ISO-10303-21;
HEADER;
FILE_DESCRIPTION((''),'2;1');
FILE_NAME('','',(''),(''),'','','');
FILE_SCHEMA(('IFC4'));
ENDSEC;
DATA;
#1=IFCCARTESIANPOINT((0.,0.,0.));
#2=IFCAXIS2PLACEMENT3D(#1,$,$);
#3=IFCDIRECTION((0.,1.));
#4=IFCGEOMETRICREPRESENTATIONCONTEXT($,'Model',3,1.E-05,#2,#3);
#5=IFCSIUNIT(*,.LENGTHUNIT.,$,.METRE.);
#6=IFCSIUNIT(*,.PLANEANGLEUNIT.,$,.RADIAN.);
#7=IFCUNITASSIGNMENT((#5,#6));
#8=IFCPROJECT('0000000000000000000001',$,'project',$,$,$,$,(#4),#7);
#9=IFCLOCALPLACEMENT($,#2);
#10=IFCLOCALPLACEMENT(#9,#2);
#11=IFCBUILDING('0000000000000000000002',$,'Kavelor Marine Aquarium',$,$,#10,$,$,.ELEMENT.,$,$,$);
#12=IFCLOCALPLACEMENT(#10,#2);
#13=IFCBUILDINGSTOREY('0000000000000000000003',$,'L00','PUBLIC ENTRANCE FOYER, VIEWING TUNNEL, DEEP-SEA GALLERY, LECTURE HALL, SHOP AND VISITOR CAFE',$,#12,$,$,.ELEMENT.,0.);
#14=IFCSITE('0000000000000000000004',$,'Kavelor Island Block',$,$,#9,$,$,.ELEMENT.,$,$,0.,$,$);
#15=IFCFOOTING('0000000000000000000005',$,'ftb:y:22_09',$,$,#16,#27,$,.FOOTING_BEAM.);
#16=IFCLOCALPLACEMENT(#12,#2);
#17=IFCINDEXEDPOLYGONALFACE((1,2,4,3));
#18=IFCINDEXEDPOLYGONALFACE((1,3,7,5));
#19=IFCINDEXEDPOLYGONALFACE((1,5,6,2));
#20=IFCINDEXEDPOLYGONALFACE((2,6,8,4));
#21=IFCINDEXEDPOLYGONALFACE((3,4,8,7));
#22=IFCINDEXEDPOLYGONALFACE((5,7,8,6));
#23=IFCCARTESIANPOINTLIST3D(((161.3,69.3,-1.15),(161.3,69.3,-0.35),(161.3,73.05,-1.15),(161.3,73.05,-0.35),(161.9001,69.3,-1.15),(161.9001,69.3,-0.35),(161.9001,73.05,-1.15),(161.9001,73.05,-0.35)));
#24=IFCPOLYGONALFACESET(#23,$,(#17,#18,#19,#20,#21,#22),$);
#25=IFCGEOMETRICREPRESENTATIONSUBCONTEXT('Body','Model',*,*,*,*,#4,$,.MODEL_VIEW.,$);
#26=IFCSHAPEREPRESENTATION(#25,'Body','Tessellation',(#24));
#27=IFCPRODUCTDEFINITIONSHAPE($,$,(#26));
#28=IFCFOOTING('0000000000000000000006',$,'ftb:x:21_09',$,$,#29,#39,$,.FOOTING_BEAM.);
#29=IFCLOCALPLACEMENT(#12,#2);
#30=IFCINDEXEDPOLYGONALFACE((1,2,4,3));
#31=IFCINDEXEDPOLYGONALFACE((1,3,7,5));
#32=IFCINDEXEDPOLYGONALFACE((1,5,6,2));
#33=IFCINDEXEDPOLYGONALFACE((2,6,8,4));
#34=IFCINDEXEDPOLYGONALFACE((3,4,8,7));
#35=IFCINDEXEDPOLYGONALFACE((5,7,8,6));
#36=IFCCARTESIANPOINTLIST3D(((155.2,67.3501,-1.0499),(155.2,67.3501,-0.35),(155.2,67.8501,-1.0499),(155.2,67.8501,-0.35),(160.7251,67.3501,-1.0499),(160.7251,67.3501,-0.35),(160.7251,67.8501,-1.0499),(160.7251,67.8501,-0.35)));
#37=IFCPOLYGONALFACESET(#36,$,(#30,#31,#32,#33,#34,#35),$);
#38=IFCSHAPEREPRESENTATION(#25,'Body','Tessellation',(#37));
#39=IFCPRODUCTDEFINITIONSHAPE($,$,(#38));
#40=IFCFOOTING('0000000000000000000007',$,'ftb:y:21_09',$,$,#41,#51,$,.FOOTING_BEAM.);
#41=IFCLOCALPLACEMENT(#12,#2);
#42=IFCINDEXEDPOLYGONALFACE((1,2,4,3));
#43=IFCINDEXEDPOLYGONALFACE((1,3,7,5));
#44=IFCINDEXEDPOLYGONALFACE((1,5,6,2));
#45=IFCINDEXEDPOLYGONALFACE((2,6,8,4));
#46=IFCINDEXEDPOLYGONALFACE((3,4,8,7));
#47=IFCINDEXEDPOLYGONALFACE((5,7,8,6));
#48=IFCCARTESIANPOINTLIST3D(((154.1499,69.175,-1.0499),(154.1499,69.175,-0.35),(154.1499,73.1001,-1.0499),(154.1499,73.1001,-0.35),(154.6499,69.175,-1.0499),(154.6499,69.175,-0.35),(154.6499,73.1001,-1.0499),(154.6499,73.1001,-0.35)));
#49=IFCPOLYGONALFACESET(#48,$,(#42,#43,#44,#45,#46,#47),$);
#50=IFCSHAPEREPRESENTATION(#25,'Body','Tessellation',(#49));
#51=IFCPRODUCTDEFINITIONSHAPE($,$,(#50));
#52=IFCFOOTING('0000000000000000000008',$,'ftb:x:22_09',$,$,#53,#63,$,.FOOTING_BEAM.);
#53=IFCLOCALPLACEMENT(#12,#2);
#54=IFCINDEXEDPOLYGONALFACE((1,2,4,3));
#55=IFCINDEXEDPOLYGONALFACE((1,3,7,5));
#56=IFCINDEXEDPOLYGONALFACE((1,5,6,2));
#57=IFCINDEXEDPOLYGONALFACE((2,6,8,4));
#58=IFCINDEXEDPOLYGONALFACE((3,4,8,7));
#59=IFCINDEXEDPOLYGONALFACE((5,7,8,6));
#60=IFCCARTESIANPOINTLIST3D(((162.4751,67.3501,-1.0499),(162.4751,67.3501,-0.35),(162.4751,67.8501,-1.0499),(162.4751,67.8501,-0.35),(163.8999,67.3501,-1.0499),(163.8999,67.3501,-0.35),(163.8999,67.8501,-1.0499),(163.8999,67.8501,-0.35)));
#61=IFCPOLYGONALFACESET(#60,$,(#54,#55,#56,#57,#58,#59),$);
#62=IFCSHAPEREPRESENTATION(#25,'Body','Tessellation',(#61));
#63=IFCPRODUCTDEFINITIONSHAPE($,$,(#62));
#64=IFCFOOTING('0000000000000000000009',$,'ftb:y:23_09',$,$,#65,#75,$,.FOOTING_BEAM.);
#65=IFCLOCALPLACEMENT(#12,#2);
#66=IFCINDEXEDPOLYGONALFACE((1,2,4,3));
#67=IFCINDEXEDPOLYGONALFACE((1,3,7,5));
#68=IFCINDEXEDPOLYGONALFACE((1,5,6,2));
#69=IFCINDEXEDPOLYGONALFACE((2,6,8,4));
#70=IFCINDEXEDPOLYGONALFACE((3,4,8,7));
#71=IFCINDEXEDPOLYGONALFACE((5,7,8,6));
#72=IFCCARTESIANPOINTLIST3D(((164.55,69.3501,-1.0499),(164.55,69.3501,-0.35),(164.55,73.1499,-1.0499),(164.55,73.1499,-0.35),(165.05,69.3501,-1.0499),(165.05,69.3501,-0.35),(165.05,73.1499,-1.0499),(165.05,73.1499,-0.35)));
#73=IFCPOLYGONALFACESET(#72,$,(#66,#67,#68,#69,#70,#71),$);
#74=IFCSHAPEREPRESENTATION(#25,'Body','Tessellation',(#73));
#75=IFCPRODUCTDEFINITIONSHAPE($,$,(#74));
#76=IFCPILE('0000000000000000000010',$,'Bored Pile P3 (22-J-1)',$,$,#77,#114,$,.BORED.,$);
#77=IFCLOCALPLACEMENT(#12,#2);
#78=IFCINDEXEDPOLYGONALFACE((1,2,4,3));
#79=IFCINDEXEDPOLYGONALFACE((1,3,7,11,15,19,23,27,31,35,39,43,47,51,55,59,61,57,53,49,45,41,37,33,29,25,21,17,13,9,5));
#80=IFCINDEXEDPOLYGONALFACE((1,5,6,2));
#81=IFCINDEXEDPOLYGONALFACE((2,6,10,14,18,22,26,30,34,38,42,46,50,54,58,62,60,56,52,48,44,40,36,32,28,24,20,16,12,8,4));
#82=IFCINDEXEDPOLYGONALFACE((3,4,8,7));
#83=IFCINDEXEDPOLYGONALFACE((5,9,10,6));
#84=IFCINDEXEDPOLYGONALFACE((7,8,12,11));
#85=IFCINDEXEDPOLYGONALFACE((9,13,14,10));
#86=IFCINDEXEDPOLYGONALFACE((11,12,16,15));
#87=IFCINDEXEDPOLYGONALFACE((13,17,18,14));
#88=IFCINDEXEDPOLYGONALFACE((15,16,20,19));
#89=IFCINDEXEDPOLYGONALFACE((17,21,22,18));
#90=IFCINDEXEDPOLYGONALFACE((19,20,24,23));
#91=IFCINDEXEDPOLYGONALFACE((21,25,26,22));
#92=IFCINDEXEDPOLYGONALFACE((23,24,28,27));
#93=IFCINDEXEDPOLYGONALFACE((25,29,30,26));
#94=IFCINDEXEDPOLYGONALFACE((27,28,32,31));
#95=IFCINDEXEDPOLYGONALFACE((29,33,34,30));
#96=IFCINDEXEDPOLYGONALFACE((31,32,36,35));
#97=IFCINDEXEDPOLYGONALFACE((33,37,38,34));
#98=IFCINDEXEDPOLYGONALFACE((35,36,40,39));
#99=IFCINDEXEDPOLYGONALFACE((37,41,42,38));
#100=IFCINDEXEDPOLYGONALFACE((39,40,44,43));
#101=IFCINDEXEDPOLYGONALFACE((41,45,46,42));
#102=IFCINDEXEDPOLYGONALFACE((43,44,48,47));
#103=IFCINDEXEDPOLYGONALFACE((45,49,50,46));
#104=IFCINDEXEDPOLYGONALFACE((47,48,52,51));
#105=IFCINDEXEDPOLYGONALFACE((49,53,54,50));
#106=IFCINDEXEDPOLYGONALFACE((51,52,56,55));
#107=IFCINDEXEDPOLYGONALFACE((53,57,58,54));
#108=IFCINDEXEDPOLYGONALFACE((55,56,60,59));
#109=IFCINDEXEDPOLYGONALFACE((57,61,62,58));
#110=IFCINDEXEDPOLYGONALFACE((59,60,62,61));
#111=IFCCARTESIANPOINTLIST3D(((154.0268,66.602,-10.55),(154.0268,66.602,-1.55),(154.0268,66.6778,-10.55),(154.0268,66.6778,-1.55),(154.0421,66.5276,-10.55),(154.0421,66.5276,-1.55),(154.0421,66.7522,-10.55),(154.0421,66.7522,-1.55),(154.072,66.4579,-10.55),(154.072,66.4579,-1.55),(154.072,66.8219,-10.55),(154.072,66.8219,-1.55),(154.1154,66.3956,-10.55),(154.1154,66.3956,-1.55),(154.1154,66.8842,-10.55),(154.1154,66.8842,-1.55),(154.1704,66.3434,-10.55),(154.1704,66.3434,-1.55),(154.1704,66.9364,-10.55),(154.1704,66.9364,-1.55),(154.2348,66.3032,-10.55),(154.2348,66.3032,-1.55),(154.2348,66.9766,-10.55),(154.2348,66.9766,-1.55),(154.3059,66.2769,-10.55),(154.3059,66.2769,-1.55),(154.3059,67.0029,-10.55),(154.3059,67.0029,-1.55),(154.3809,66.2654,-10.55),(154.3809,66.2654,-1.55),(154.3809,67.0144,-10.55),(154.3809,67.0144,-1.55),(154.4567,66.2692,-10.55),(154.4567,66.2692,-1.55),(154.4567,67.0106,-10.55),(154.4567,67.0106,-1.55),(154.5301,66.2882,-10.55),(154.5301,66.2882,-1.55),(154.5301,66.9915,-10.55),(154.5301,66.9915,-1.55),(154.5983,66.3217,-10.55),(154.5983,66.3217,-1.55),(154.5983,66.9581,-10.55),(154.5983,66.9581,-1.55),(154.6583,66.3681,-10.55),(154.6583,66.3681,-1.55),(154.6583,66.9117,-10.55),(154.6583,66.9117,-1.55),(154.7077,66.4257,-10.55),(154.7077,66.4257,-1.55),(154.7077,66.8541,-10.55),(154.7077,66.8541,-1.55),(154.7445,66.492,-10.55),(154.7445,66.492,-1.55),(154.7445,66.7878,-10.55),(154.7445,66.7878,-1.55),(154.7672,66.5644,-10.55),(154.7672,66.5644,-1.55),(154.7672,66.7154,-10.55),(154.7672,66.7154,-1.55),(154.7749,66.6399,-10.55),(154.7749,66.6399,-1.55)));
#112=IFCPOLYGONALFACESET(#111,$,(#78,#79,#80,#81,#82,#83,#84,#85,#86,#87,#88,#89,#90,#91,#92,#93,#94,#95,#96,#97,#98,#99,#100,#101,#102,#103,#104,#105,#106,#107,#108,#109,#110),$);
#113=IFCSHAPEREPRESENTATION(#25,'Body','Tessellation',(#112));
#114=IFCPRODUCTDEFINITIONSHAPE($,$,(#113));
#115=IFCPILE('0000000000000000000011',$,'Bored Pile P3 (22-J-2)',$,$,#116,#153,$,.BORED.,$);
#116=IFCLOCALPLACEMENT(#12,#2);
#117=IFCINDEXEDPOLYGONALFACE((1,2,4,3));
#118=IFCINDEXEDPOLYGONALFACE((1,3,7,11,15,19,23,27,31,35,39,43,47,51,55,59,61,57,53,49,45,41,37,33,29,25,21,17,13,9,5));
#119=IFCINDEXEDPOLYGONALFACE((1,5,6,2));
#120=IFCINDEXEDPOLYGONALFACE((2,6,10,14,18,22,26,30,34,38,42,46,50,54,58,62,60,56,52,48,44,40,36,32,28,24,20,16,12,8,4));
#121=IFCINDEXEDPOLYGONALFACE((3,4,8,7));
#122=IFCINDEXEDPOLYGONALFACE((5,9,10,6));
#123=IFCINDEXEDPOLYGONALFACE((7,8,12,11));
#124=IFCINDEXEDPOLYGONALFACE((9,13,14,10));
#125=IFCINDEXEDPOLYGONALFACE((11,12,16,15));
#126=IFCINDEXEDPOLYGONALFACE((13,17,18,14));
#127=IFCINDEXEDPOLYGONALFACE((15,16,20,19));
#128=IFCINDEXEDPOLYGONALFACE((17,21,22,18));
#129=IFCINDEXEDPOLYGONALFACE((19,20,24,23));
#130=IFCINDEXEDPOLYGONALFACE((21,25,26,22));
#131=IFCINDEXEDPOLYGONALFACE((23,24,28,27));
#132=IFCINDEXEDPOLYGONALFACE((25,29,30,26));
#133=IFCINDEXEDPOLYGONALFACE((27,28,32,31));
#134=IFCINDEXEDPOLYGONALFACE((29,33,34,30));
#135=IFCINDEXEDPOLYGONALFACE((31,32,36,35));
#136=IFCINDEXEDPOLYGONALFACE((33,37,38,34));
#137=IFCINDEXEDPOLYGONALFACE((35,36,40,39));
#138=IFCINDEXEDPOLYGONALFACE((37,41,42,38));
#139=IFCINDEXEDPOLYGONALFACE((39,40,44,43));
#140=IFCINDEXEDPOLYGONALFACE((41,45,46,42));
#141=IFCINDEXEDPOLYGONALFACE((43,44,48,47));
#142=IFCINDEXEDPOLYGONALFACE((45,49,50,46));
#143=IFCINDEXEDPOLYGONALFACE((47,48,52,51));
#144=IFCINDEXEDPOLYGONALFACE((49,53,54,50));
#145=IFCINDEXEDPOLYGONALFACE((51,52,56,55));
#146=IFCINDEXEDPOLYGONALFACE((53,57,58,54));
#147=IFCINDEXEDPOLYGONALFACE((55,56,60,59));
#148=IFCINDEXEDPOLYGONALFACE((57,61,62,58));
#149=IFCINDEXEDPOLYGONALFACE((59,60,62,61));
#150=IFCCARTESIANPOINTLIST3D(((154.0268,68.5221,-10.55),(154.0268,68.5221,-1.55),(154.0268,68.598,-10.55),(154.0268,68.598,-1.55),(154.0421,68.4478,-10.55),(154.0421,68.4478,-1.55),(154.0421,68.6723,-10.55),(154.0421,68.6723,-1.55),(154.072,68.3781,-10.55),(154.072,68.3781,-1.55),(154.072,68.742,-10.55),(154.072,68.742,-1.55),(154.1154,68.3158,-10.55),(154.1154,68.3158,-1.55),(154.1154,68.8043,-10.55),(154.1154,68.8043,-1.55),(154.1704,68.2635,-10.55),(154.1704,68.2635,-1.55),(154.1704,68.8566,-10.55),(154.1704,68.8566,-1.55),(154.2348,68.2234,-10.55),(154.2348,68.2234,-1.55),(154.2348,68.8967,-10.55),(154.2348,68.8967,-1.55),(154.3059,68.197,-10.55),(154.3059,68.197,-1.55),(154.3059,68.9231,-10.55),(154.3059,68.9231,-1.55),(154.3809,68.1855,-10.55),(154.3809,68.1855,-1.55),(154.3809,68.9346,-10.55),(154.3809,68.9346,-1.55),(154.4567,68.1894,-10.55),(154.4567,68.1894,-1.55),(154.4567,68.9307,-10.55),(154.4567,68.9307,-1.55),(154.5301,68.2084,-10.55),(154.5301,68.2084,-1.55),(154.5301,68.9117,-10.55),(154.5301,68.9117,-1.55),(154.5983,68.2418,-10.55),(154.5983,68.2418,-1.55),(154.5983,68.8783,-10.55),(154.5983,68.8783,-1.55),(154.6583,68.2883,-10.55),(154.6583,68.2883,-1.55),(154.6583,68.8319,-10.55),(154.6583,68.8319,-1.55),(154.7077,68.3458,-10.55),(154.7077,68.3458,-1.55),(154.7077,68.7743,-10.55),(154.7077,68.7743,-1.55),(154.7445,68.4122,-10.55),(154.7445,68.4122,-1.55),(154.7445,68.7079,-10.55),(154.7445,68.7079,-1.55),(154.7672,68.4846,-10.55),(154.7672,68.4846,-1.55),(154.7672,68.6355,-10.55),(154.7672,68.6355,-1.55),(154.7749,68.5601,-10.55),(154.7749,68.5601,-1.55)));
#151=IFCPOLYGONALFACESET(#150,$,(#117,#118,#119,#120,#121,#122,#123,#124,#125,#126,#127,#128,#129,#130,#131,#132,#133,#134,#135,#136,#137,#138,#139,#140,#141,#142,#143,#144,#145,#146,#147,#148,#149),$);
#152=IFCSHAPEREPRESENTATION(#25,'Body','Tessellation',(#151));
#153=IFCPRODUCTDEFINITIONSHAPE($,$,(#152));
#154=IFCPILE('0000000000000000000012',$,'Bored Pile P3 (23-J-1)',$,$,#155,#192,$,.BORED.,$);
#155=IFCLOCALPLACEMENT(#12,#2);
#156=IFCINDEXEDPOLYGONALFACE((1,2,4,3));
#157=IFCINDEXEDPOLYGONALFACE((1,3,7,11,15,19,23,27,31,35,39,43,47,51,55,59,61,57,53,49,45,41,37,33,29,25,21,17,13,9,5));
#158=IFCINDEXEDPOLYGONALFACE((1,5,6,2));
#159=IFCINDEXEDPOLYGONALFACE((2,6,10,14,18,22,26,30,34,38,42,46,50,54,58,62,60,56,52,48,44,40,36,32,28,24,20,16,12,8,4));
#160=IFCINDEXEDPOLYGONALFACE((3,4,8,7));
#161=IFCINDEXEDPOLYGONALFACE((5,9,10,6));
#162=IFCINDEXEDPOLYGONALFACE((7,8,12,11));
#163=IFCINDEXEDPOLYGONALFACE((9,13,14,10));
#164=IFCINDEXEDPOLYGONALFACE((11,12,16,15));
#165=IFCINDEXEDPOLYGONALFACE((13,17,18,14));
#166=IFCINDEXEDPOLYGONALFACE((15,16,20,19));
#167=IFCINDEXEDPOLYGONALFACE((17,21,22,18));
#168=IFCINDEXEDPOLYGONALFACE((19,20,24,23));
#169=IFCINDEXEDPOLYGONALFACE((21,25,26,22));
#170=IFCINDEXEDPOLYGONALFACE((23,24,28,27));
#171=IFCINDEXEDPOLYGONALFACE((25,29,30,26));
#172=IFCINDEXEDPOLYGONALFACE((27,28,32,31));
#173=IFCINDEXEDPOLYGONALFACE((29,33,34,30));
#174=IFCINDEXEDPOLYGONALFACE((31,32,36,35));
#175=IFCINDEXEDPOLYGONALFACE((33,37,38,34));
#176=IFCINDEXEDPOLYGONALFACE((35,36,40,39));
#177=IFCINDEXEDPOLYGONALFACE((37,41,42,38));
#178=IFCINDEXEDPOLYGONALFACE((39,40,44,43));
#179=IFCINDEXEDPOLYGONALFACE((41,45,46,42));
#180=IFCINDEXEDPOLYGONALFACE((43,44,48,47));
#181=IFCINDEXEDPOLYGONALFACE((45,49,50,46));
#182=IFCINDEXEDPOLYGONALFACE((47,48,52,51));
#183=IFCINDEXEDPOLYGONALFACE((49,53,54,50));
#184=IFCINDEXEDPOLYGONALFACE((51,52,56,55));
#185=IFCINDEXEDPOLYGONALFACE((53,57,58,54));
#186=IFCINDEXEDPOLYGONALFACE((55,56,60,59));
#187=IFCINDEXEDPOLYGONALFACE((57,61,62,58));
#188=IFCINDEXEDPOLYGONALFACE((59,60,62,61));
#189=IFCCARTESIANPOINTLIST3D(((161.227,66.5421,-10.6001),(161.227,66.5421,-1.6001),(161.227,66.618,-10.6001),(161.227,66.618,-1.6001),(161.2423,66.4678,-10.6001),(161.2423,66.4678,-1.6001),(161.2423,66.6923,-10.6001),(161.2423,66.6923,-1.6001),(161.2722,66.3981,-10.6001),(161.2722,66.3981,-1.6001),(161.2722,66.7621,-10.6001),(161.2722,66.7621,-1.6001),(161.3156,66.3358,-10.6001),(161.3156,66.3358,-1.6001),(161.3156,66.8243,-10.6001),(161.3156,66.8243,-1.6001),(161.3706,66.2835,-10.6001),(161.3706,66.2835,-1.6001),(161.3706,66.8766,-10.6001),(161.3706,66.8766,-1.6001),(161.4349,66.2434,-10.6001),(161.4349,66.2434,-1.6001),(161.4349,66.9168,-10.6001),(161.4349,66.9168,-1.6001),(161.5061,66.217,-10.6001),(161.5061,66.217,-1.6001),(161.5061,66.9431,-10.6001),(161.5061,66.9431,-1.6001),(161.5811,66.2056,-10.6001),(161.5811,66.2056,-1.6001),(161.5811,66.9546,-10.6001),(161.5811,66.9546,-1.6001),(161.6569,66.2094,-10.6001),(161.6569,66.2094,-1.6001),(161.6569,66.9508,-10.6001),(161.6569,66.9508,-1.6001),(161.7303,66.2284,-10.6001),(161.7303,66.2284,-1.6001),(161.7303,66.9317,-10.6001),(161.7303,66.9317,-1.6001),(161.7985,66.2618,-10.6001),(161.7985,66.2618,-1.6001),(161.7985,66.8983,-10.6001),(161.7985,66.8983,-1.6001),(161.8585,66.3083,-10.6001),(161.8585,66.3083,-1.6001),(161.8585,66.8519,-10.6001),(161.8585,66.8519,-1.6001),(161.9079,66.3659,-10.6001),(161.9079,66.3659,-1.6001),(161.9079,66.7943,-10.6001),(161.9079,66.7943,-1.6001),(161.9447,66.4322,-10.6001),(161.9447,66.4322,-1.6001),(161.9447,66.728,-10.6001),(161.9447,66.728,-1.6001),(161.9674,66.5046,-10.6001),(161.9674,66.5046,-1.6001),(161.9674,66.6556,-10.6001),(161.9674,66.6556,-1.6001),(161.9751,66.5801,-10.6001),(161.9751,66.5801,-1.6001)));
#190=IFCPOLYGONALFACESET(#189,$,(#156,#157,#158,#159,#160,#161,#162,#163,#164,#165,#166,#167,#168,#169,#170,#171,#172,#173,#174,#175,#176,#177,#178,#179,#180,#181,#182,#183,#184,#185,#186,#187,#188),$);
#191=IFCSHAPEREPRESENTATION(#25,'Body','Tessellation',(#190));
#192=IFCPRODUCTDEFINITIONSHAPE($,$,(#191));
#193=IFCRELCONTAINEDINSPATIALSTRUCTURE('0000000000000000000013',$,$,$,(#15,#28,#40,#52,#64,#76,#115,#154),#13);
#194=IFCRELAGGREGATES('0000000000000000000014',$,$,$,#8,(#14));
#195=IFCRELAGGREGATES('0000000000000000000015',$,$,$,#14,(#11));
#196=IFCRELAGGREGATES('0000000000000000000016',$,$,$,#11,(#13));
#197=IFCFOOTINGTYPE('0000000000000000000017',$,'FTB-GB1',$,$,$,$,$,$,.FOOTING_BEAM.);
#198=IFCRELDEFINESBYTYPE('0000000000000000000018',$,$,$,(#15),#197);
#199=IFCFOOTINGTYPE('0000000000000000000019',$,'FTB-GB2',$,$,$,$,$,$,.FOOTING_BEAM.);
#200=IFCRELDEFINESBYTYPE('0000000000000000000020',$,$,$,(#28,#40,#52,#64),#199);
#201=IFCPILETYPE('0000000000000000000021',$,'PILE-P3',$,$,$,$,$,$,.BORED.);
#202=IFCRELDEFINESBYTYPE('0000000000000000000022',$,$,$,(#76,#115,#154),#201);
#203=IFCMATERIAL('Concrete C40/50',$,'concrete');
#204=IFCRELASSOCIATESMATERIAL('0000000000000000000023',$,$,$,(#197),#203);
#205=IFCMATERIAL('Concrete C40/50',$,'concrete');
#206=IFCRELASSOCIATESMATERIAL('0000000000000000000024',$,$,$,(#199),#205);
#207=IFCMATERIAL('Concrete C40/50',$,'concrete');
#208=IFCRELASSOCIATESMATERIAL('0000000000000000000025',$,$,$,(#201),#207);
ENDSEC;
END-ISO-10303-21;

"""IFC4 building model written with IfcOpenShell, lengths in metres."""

from ifc_helpers import new_model, si_unit, direction, frame, origin, origin_2d, place, context, subcontext, project, spatial, rectangle, circle, extrude, material, material_profile, profile_set, type_object, element, save


model = new_model("IFC4")

# Units and contexts
model_context = context("Model", 3, precision=1e-05, world=origin(), true_north=direction((0.0, 1.0)))
body_context = subcontext(model_context, "Body", "Model", "MODEL_VIEW")
ifc_project = project(units=[si_unit("LENGTHUNIT", "METRE"), si_unit("PLANEANGLEUNIT", "RADIAN")], contexts=[model_context])

# Site, building, storey
site_placement = place(None, origin())
site = spatial("IfcSite", under=ifc_project, at=site_placement, Name="Kavelor Island Block", CompositionType="ELEMENT", RefElevation=0.0)
building_placement = place(site_placement, origin())
building = spatial("IfcBuilding", under=site, at=building_placement, Name="Kavelor Marine Aquarium", CompositionType="ELEMENT")
storey_placement = place(building_placement, origin())
storey = spatial("IfcBuildingStorey", under=building, at=storey_placement, Name="L00", Description="PUBLIC ENTRANCE FOYER, VIEWING TUNNEL, DEEP-SEA GALLERY, LECTURE HALL, SHOP AND VISITOR CAFE", CompositionType="ELEMENT", Elevation=0.0)

# Footings
ifc_material_1 = material(Name="Concrete C40/50", Category="concrete")
ifc_material_profile_1 = material_profile(ifc_material_1, rectangle(XDim=0.6001, YDim=0.8, at=origin_2d()), Name="GB 600x800")
ifc_profile_set_1 = profile_set([ifc_material_profile_1], Name="Concrete C40/50")
footing_type_1 = type_object("IfcFootingType", Name="FTB-GB1", PredefinedType="FOOTING_BEAM", material=ifc_profile_set_1)
footing_1_placement = place(storey_placement, frame((161.6001, 69.3, -0.75), z_axis=(0.0, 1.0, 0.0), x_axis=(-1.0, 0.0, 0.0)))
element("IfcFooting", 1, at=footing_1_placement, inside=storey, type_object=footing_type_1, Name="ftb:y:22_09", PredefinedType="FOOTING_BEAM", context=body_context, shape_type="SweptSolid", body=[
    extrude(rectangle(XDim=0.6001, YDim=0.8, at=origin_2d()), origin(), (0.0, 0.0, 1.0), 3.75),
])
ifc_material_2 = material(Name="Concrete C40/50", Category="concrete")
ifc_material_profile_2 = material_profile(ifc_material_2, rectangle(XDim=0.5, YDim=0.7, at=origin_2d()), Name="GB 500x700")
ifc_profile_set_2 = profile_set([ifc_material_profile_2], Name="Concrete C40/50")
footing_type_2 = type_object("IfcFootingType", Name="FTB-GB2", PredefinedType="FOOTING_BEAM", material=ifc_profile_set_2)
footing_2_placement = place(storey_placement, frame((155.2, 67.6001, -0.7), z_axis=(1.0, 0.0, 0.0), x_axis=(0.0, 1.0, 0.0)))
element("IfcFooting", 2, at=footing_2_placement, inside=storey, type_object=footing_type_2, Name="ftb:x:21_09", PredefinedType="FOOTING_BEAM", context=body_context, shape_type="SweptSolid", body=[
    extrude(rectangle(XDim=0.5, YDim=0.7, at=origin_2d()), origin(), (0.0, 0.0, 1.0), 5.5251),
])
footing_3_placement = place(storey_placement, frame((154.3999, 69.175, -0.7), z_axis=(0.0, 1.0, 0.0), x_axis=(-1.0, 0.0, 0.0)))
element("IfcFooting", 3, at=footing_3_placement, inside=storey, type_object=footing_type_2, Name="ftb:y:21_09", PredefinedType="FOOTING_BEAM", context=body_context, shape_type="SweptSolid", body=[
    extrude(rectangle(XDim=0.5, YDim=0.7, at=origin_2d()), origin(), (0.0, 0.0, 1.0), 3.925),
])
footing_4_placement = place(storey_placement, frame((162.4751, 67.6001, -0.7), z_axis=(1.0, 0.0, 0.0), x_axis=(0.0, 1.0, 0.0)))
element("IfcFooting", 4, at=footing_4_placement, inside=storey, type_object=footing_type_2, Name="ftb:x:22_09", PredefinedType="FOOTING_BEAM", context=body_context, shape_type="SweptSolid", body=[
    extrude(rectangle(XDim=0.5, YDim=0.7, at=origin_2d()), origin(), (0.0, 0.0, 1.0), 1.4248),
])
footing_5_placement = place(storey_placement, frame((164.8, 69.3501, -0.7), z_axis=(0.0, 1.0, 0.0), x_axis=(-1.0, 0.0, 0.0)))
element("IfcFooting", 5, at=footing_5_placement, inside=storey, type_object=footing_type_2, Name="ftb:y:23_09", PredefinedType="FOOTING_BEAM", context=body_context, shape_type="SweptSolid", body=[
    extrude(rectangle(XDim=0.5, YDim=0.7, at=origin_2d()), origin(), (0.0, 0.0, 1.0), 3.7998),
])

# Piles
ifc_material_3 = material(Name="Concrete C40/50", Category="concrete")
ifc_material_profile_3 = material_profile(ifc_material_3, circle(Radius=0.375, at=origin_2d()), Name="PILE D750")
ifc_profile_set_3 = profile_set([ifc_material_profile_3], Name="Concrete C40/50")
pile_type = type_object("IfcPileType", Name="PILE-P3", PredefinedType="BORED", material=ifc_profile_set_3)
for number, where, z_axis, x_axis, name in (
    (6, (154.3999, 66.6399, -1.55), (0.0, 0.0, -1.0), (1.0, 0.0, 0.0), "Bored Pile P3 (22-J-1)"),
    (7, (154.3999, 68.5601, -1.55), (0.0, 0.0, -1.0), (1.0, 0.0, 0.0), "Bored Pile P3 (22-J-2)"),
    (8, (161.6001, 66.5801, -1.6001), (0.0, 0.0, -1.0), (1.0, 0.0, 0.0), "Bored Pile P3 (23-J-1)"),
):
    element("IfcPile", number, at=place(storey_placement, frame(where, z_axis=z_axis, x_axis=x_axis)), inside=storey, type_object=pile_type, Name=name, PredefinedType="BORED", context=body_context, shape_type="SweptSolid", body=[
        extrude(circle(Radius=0.375, at=origin_2d()), origin(), (0.0, 0.0, 1.0), 9.0),
    ])

save(model, "model.ifc")
